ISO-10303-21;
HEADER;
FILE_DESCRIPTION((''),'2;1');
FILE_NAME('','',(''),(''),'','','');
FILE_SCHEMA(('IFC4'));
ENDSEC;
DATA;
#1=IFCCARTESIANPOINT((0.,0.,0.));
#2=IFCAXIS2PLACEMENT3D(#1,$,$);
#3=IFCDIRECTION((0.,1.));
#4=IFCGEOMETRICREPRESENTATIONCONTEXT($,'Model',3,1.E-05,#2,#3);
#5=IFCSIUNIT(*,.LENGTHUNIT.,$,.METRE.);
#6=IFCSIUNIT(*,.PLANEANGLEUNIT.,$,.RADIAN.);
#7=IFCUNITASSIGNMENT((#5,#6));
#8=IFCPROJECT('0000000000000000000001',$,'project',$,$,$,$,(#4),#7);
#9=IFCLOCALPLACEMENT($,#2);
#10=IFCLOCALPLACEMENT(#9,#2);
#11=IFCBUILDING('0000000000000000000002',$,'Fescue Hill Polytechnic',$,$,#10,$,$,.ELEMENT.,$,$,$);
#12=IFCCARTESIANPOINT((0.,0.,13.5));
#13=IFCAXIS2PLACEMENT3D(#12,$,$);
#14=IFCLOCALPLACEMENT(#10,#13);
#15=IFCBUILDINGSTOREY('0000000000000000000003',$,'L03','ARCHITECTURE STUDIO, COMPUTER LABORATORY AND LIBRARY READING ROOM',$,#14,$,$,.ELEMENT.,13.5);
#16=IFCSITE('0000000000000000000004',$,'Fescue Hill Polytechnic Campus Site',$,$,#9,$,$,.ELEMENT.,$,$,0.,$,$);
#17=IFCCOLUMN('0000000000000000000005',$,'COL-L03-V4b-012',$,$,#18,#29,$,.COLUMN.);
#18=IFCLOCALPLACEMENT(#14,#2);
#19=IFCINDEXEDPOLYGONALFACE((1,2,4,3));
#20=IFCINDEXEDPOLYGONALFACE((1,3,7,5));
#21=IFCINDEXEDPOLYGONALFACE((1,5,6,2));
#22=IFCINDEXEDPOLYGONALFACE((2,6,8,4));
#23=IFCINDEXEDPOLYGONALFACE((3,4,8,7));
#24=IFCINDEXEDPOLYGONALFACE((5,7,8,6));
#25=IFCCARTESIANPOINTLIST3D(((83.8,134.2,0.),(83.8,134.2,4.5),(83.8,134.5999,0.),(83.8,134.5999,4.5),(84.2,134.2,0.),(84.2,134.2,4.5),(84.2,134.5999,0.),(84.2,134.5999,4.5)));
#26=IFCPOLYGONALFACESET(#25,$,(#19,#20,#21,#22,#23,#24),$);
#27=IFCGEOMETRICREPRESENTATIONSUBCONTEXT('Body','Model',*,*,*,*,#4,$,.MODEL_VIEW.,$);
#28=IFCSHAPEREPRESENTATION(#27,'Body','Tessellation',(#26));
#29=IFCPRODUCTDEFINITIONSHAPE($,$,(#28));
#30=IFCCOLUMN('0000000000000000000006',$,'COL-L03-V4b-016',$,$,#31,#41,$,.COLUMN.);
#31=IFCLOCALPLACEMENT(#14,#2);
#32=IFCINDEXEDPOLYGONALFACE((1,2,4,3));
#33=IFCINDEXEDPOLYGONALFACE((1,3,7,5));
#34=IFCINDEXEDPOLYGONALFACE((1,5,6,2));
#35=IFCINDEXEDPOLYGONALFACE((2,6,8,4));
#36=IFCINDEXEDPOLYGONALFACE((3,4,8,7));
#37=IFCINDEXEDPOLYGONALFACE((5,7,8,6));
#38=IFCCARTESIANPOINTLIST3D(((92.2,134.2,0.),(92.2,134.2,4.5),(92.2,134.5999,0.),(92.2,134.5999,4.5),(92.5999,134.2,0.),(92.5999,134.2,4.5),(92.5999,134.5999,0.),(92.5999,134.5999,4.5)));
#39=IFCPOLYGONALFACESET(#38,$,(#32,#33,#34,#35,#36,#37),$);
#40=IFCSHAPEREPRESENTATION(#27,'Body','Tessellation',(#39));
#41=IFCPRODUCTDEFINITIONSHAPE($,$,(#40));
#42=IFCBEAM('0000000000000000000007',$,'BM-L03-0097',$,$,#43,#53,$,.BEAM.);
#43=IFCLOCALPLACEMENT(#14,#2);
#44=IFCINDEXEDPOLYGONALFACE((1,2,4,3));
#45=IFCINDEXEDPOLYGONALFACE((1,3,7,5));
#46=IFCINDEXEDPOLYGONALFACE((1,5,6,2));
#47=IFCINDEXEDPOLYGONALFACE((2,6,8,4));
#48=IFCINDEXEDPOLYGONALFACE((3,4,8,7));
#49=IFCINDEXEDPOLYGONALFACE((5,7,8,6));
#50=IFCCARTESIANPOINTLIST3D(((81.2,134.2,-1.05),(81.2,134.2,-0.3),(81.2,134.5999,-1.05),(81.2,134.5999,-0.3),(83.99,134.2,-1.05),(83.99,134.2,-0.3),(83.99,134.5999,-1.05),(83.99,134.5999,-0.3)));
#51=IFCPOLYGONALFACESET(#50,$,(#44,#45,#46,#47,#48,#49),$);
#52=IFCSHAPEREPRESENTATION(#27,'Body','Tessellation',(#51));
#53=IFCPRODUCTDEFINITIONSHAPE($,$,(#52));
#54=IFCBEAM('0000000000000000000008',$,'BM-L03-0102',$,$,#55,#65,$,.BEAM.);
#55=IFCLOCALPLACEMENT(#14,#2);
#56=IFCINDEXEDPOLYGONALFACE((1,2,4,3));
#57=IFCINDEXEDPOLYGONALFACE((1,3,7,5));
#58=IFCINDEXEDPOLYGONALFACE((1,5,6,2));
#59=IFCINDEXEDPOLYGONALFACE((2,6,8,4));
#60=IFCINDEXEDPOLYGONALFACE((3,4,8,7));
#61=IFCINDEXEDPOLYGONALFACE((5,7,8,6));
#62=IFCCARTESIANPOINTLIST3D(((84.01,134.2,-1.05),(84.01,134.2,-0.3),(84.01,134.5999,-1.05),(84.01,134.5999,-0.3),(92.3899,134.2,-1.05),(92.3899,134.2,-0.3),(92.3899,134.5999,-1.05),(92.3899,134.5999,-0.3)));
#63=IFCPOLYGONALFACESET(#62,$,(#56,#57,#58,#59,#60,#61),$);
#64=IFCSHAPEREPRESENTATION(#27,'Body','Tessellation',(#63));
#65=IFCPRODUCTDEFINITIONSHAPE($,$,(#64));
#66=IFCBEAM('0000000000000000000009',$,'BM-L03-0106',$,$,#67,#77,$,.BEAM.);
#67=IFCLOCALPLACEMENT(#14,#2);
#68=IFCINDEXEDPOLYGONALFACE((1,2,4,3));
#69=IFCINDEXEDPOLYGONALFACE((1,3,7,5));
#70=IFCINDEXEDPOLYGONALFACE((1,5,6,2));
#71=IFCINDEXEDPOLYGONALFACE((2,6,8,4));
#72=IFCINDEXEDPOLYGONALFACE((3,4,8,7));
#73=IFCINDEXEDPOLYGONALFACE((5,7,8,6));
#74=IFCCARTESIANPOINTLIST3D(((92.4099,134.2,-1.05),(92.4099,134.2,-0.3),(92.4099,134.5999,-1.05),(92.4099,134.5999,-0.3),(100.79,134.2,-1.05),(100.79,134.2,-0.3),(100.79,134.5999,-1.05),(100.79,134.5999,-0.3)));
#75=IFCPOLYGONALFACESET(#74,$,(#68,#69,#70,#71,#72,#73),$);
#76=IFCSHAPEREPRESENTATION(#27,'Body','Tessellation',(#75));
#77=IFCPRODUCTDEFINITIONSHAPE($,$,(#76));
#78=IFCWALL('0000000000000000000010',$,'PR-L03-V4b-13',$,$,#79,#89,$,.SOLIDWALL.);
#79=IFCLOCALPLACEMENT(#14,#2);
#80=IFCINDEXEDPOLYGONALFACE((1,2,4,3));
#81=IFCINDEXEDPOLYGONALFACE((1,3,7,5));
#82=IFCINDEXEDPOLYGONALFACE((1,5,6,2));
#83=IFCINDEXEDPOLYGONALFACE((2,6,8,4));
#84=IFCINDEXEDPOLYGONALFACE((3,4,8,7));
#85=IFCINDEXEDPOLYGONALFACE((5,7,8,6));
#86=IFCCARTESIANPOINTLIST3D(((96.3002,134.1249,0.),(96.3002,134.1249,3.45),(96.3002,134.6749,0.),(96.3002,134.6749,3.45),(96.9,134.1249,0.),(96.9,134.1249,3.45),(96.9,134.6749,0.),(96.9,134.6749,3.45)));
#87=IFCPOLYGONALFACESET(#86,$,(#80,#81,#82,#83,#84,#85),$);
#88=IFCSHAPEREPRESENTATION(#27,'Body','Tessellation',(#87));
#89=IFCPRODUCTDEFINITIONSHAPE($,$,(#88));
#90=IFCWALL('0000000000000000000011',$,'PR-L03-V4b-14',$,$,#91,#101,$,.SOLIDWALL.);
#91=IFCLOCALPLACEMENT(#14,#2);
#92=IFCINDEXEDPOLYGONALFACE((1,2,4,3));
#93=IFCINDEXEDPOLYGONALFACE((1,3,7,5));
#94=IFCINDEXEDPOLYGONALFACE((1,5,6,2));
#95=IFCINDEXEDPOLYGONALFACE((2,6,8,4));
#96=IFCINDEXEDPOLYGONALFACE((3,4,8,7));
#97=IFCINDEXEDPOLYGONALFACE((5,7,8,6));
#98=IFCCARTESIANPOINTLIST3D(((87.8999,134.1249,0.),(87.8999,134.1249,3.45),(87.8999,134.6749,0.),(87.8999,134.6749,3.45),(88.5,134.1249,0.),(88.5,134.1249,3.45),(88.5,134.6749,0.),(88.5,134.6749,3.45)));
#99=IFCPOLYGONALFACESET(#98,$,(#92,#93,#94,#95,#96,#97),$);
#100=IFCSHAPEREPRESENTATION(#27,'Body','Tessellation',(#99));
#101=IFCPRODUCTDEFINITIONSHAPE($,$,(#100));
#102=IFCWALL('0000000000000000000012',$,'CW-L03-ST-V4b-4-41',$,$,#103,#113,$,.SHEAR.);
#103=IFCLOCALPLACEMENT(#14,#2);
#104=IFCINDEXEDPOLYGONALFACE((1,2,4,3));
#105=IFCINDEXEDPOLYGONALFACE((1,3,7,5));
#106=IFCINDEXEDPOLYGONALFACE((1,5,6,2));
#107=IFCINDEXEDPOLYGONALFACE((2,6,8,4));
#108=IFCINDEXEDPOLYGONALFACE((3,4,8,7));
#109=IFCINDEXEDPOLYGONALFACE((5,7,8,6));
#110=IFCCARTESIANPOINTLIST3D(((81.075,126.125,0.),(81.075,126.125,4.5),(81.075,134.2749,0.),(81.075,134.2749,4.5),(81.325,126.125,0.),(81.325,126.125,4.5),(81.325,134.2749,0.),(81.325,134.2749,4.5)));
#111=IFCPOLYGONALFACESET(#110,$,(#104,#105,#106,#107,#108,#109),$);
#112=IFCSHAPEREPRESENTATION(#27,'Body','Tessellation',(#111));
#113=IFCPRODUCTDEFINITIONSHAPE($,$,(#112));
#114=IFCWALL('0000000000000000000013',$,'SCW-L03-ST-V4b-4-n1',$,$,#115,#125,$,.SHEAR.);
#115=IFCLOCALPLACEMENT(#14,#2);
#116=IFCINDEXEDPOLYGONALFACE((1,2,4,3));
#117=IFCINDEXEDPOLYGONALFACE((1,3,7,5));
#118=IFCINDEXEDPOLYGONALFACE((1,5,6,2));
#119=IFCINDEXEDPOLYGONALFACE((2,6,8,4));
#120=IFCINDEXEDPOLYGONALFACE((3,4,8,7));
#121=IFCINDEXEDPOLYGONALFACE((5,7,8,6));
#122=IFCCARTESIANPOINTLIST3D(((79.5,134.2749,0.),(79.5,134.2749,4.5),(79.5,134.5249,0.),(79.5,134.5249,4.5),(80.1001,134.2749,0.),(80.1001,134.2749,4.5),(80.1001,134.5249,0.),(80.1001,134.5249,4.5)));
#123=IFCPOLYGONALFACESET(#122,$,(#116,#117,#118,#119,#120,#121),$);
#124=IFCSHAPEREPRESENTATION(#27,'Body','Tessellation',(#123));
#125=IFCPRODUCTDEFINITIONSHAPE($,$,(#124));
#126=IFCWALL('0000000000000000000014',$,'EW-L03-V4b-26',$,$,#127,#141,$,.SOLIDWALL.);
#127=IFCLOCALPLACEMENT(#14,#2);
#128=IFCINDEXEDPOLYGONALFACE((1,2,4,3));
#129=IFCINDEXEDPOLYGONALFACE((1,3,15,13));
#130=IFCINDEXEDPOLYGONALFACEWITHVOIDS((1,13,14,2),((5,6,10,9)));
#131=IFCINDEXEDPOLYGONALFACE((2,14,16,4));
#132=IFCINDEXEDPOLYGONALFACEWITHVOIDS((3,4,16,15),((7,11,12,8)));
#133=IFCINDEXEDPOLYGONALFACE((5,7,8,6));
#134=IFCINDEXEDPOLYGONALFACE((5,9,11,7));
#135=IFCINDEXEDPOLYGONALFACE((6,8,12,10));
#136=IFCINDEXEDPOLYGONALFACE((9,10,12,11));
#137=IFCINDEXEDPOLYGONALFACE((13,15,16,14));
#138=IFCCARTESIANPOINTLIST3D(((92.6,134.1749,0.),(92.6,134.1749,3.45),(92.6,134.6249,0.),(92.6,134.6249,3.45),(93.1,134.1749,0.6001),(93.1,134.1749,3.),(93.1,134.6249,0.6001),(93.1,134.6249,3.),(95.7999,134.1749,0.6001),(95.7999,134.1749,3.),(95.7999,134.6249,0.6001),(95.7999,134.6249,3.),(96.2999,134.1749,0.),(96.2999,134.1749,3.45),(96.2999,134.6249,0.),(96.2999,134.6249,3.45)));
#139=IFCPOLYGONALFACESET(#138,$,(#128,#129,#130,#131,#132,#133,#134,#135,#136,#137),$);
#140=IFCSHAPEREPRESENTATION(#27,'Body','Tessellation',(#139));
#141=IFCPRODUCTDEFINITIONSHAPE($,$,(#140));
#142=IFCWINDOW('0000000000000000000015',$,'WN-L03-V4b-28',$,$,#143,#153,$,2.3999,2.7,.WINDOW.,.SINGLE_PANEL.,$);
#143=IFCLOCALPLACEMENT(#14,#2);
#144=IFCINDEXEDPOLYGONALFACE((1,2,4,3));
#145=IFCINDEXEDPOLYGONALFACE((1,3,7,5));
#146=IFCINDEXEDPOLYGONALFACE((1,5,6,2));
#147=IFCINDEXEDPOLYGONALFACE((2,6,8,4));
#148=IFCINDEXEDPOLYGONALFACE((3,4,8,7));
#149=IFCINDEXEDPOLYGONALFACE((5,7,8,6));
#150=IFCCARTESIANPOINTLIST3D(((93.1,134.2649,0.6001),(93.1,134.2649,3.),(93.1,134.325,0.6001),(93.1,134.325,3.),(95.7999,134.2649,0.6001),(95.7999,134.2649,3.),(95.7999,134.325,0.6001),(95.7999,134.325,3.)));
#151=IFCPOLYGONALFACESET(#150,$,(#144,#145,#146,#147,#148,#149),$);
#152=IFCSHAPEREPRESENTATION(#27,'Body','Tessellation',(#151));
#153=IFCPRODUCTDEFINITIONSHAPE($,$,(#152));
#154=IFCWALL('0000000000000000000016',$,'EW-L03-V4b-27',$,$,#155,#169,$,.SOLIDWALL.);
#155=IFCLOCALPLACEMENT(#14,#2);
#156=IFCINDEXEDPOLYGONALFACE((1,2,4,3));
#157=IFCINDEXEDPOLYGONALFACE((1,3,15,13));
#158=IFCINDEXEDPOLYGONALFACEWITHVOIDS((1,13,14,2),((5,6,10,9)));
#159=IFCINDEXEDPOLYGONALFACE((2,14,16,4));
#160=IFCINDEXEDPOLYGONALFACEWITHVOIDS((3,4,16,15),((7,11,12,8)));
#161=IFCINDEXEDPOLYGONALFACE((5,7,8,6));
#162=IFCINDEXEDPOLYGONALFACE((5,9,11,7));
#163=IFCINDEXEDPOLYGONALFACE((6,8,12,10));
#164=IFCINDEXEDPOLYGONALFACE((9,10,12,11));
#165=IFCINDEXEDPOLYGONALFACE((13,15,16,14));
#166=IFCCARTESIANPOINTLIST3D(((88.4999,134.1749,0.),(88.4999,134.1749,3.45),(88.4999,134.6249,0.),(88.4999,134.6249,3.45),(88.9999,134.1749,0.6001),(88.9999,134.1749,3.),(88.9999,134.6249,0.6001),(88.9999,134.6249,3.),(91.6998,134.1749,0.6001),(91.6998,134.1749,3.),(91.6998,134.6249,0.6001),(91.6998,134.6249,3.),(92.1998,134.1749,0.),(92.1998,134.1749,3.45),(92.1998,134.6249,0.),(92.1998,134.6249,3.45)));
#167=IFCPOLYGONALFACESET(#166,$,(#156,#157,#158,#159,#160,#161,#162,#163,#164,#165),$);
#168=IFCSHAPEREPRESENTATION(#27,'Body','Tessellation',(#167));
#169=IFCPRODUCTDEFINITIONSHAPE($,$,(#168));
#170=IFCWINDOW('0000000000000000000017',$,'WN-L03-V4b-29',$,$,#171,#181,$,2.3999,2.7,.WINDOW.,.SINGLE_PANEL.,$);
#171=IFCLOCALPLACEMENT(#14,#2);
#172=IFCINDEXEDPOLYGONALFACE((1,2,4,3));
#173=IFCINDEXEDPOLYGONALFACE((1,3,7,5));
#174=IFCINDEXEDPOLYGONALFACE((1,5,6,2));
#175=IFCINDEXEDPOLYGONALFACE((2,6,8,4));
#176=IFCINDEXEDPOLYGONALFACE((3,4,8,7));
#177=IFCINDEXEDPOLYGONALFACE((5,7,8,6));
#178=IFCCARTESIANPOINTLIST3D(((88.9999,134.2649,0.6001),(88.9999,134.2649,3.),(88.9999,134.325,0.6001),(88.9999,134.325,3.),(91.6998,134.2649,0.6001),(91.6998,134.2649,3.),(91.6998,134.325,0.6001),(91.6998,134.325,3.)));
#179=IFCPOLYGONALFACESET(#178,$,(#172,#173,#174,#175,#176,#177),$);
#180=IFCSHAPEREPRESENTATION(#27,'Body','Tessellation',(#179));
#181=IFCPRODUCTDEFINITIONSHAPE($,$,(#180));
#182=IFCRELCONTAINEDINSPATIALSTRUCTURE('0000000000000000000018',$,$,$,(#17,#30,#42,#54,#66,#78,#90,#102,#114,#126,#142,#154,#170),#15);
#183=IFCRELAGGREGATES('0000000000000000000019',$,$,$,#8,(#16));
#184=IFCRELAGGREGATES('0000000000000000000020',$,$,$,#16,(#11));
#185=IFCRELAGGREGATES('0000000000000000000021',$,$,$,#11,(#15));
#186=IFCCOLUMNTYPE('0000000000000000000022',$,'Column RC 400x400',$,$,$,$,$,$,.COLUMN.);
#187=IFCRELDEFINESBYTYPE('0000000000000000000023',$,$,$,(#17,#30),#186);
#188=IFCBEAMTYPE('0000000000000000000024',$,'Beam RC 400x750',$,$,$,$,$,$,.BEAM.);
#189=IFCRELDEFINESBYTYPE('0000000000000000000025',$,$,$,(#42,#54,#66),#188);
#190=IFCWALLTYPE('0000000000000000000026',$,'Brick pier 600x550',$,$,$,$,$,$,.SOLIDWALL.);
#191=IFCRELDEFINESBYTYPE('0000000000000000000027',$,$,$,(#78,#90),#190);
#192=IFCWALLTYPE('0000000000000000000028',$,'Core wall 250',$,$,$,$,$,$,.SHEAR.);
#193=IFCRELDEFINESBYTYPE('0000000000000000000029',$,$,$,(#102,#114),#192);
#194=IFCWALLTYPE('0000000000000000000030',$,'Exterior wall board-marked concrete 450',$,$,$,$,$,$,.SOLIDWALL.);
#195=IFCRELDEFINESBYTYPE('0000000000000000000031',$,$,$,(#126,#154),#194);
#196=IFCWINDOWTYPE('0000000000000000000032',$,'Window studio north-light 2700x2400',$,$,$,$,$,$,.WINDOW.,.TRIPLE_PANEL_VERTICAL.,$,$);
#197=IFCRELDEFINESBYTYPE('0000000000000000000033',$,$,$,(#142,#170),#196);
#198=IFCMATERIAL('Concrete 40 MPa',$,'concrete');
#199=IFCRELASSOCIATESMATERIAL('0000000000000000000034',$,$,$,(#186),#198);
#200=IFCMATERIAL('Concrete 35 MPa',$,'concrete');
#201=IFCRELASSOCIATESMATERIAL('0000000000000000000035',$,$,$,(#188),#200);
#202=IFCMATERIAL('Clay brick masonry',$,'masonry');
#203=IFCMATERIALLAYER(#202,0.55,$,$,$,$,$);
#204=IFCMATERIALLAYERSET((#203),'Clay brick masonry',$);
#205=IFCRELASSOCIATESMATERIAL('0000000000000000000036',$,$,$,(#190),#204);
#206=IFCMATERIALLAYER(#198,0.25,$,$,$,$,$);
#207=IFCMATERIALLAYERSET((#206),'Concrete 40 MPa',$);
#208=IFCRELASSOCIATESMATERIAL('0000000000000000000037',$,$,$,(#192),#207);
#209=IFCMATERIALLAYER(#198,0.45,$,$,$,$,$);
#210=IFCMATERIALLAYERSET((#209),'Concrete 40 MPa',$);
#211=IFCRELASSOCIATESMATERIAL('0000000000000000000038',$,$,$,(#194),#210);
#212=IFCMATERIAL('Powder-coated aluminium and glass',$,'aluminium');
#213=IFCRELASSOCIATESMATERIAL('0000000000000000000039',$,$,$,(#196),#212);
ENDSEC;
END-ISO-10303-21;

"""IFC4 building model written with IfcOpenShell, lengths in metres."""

from ifc_helpers import new_model, si_unit, direction, frame, frame_2d, origin, origin_2d, place, context, subcontext, project, spatial, rectangle, extrude, material, layer, layer_set, material_profile, profile_set, type_object, element, fill, save


model = new_model("IFC4")

# Units and contexts
model_context = context("Model", 3, precision=1e-05, world=origin(), true_north=direction((0.0, 1.0)))
body_context = subcontext(model_context, "Body", "Model", "MODEL_VIEW")
ifc_project = project(units=[si_unit("LENGTHUNIT", "METRE"), si_unit("PLANEANGLEUNIT", "RADIAN")], contexts=[model_context])

# Site, building, storey
site_placement = place(None, origin())
site = spatial("IfcSite", under=ifc_project, at=site_placement, Name="Fescue Hill Polytechnic Campus Site", CompositionType="ELEMENT", RefElevation=0.0)
building_placement = place(site_placement, origin())
building = spatial("IfcBuilding", under=site, at=building_placement, Name="Fescue Hill Polytechnic", CompositionType="ELEMENT")
storey_placement = place(building_placement, frame((0.0, 0.0, 13.5)))
storey = spatial("IfcBuildingStorey", under=building, at=storey_placement, Name="L03", Description="ARCHITECTURE STUDIO, COMPUTER LABORATORY AND LIBRARY READING ROOM", CompositionType="ELEMENT", Elevation=13.5)

# Columns
ifc_material_1 = material(Name="Concrete 40 MPa", Category="concrete")
ifc_material_profile_1 = material_profile(ifc_material_1, rectangle(XDim=0.3999, YDim=0.3999, at=origin_2d()), Name="RC 400x400")
ifc_profile_set_1 = profile_set([ifc_material_profile_1], Name="Concrete 40 MPa")
column_type = type_object("IfcColumnType", Name="Column RC 400x400", PredefinedType="COLUMN", material=ifc_profile_set_1)
for number, where, z_axis, x_axis, name in (
    (1, (84.0, 134.3999, 0.0), (0.0, 0.0, 1.0), (1.0, 0.0, 0.0), "COL-L03-V4b-012"),
    (2, (92.3999, 134.3999, 0.0), (0.0, 0.0, 1.0), (1.0, 0.0, 0.0), "COL-L03-V4b-016"),
):
    element("IfcColumn", number, at=place(storey_placement, frame(where, z_axis=z_axis, x_axis=x_axis)), inside=storey, type_object=column_type, Name=name, PredefinedType="COLUMN", context=body_context, shape_type="SweptSolid", body=[
        extrude(rectangle(XDim=0.3999, YDim=0.3999, at=origin_2d()), origin(), (0.0, 0.0, 1.0), 4.5),
    ])

# Beams
ifc_material_2 = material(Name="Concrete 35 MPa", Category="concrete")
ifc_material_profile_2 = material_profile(ifc_material_2, rectangle(XDim=0.3999, YDim=0.75, at=origin_2d()), Name="RC 400x750")
ifc_profile_set_2 = profile_set([ifc_material_profile_2], Name="Concrete 35 MPa")
beam_type = type_object("IfcBeamType", Name="Beam RC 400x750", PredefinedType="BEAM", material=ifc_profile_set_2)
beam_1_placement = place(storey_placement, frame((81.2, 134.3999, -0.675), z_axis=(1.0, 0.0, 0.0), x_axis=(0.0, 1.0, 0.0)))
element("IfcBeam", 3, at=beam_1_placement, inside=storey, type_object=beam_type, Name="BM-L03-0097", PredefinedType="BEAM", context=body_context, shape_type="SweptSolid", body=[
    extrude(rectangle(XDim=0.3999, YDim=0.75, at=origin_2d()), origin(), (0.0, 0.0, 1.0), 2.79),
])
beam_2_placement = place(storey_placement, frame((84.01, 134.3999, -0.675), z_axis=(1.0, 0.0, 0.0), x_axis=(0.0, 1.0, 0.0)))
element("IfcBeam", 4, at=beam_2_placement, inside=storey, type_object=beam_type, Name="BM-L03-0102", PredefinedType="BEAM", context=body_context, shape_type="SweptSolid", body=[
    extrude(rectangle(XDim=0.3999, YDim=0.75, at=origin_2d()), origin(), (0.0, 0.0, 1.0), 8.3799),
])
beam_3_placement = place(storey_placement, frame((92.4099, 134.3999, -0.675), z_axis=(1.0, 0.0, 0.0), x_axis=(0.0, 1.0, 0.0)))
element("IfcBeam", 5, at=beam_3_placement, inside=storey, type_object=beam_type, Name="BM-L03-0106", PredefinedType="BEAM", context=body_context, shape_type="SweptSolid", body=[
    extrude(rectangle(XDim=0.3999, YDim=0.75, at=origin_2d()), origin(), (0.0, 0.0, 1.0), 8.3801),
])

# Walls
ifc_material_3 = material(Name="Clay brick masonry", Category="masonry")
ifc_layer_1 = layer(ifc_material_3, 0.55)
ifc_layer_set_1 = layer_set([ifc_layer_1], Name="Clay brick masonry")
wall_type_1 = type_object("IfcWallType", Name="Brick pier 600x550", PredefinedType="SOLIDWALL", material=ifc_layer_set_1)
wall_1_placement = place(storey_placement, frame((96.8999, 134.3999, 0.0), z_axis=(0.0, 0.0, 1.0), x_axis=(-1.0, 0.0, 0.0)))
element("IfcWall", 6, at=wall_1_placement, inside=storey, type_object=wall_type_1, Name="PR-L03-V4b-13", PredefinedType="SOLIDWALL", context=body_context, shape_type="SweptSolid", body=[
    extrude(rectangle(XDim=0.5999, YDim=0.55, at=frame_2d((0.2998, 0.0))), origin(), (0.0, 0.0, 1.0), 3.45),
])
wall_2_placement = place(storey_placement, frame((88.5, 134.3999, 0.0), z_axis=(0.0, 0.0, 1.0), x_axis=(-1.0, 0.0, 0.0)))
element("IfcWall", 7, at=wall_2_placement, inside=storey, type_object=wall_type_1, Name="PR-L03-V4b-14", PredefinedType="SOLIDWALL", context=body_context, shape_type="SweptSolid", body=[
    extrude(rectangle(XDim=0.6001, YDim=0.55, at=frame_2d((0.3, 0.0))), origin(), (0.0, 0.0, 1.0), 3.45),
])
ifc_layer_2 = layer(ifc_material_1, 0.25)
ifc_layer_set_2 = layer_set([ifc_layer_2], Name="Concrete 40 MPa")
wall_type_2 = type_object("IfcWallType", Name="Core wall 250", PredefinedType="SHEAR", material=ifc_layer_set_2)
wall_3_placement = place(storey_placement, frame((81.2, 126.125, 0.0), z_axis=(0.0, 0.0, 1.0), x_axis=(0.0, 1.0, 0.0)))
element("IfcWall", 8, at=wall_3_placement, inside=storey, type_object=wall_type_2, Name="CW-L03-ST-V4b-4-41", PredefinedType="SHEAR", context=body_context, shape_type="SweptSolid", body=[
    extrude(rectangle(XDim=8.1499, YDim=0.25, at=frame_2d((4.075, 0.0))), origin(), (0.0, 0.0, 1.0), 4.5),
])
wall_4_placement = place(storey_placement, frame((79.5, 134.3999, 0.0), z_axis=(0.0, 0.0, 1.0), x_axis=(1.0, 0.0, 0.0)))
element("IfcWall", 9, at=wall_4_placement, inside=storey, type_object=wall_type_2, Name="SCW-L03-ST-V4b-4-n1", PredefinedType="SHEAR", context=body_context, shape_type="SweptSolid", body=[
    extrude(rectangle(XDim=0.6001, YDim=0.25, at=frame_2d((0.3, 0.0))), origin(), (0.0, 0.0, 1.0), 4.5),
])

# Walls, openings, windows
ifc_layer_3 = layer(ifc_material_1, 0.45)
ifc_layer_set_3 = layer_set([ifc_layer_3], Name="Concrete 40 MPa")
wall_type_3 = type_object("IfcWallType", Name="Exterior wall board-marked concrete 450", PredefinedType="SOLIDWALL", material=ifc_layer_set_3)
wall_5_placement = place(storey_placement, frame((96.3, 134.3999, 0.0), z_axis=(0.0, 0.0, 1.0), x_axis=(-1.0, 0.0, 0.0)))
wall_5 = element("IfcWall", 10, at=wall_5_placement, inside=storey, type_object=wall_type_3, Name="EW-L03-V4b-26", PredefinedType="SOLIDWALL", context=body_context, shape_type="SweptSolid", body=[
    extrude(rectangle(XDim=3.7, YDim=0.45, at=frame_2d((1.8501, 0.0))), origin(), (0.0, 0.0, 1.0), 3.45),
])
opening_1_placement = place(wall_5_placement, frame((0.5, 0.0, 0.6001)))
opening_1 = element("IfcOpeningElement", 11, at=opening_1_placement, cuts=wall_5, PredefinedType="OPENING", context=body_context, shape_type="SweptSolid", body=[
    extrude(rectangle(XDim=2.7, YDim=2.3999, at=frame_2d((1.3501, 1.2))), frame((0.0, 0.2349, 0.0), z_axis=(0.0, -1.0, 0.0), x_axis=(1.0, 0.0, 0.0)), (0.0, 0.0, 1.0), 0.47),
])
ifc_material_4 = material(Name="Powder-coated aluminium and glass", Category="aluminium")
window_type = type_object("IfcWindowType", Name="Window studio north-light 2700x2400", PartitioningType="TRIPLE_PANEL_VERTICAL", PredefinedType="WINDOW", material=ifc_material_4)
window_1_placement = place(opening_1_placement, origin())
window_1 = element("IfcWindow", 12, at=window_1_placement, inside=storey, type_object=window_type, Name="WN-L03-V4b-28", OverallHeight=2.3999, OverallWidth=2.7, PartitioningType="SINGLE_PANEL", PredefinedType="WINDOW", context=body_context, shape_type="SweptSolid", body=[
    extrude(rectangle(XDim=2.7, YDim=2.3999, at=frame_2d((1.3501, 1.2))), frame((0.0, 0.135, 0.0), z_axis=(0.0, -1.0, 0.0), x_axis=(1.0, 0.0, 0.0)), (0.0, 0.0, 1.0), 0.0601),
])
fill(opening_1, window_1)
wall_6_placement = place(storey_placement, frame((92.2, 134.3999, 0.0), z_axis=(0.0, 0.0, 1.0), x_axis=(-1.0, 0.0, 0.0)))
wall_6 = element("IfcWall", 13, at=wall_6_placement, inside=storey, type_object=wall_type_3, Name="EW-L03-V4b-27", PredefinedType="SOLIDWALL", context=body_context, shape_type="SweptSolid", body=[
    extrude(rectangle(XDim=3.7, YDim=0.45, at=frame_2d((1.8501, 0.0))), origin(), (0.0, 0.0, 1.0), 3.45),
])
opening_2_placement = place(wall_6_placement, frame((0.5, 0.0, 0.6001)))
opening_2 = element("IfcOpeningElement", 14, at=opening_2_placement, cuts=wall_6, PredefinedType="OPENING", context=body_context, shape_type="SweptSolid", body=[
    extrude(rectangle(XDim=2.7, YDim=2.3999, at=frame_2d((1.3501, 1.2))), frame((0.0, 0.2349, 0.0), z_axis=(0.0, -1.0, 0.0), x_axis=(1.0, 0.0, 0.0)), (0.0, 0.0, 1.0), 0.47),
])
window_2_placement = place(opening_2_placement, origin())
window_2 = element("IfcWindow", 15, at=window_2_placement, inside=storey, type_object=window_type, Name="WN-L03-V4b-29", OverallHeight=2.3999, OverallWidth=2.7, PartitioningType="SINGLE_PANEL", PredefinedType="WINDOW", context=body_context, shape_type="SweptSolid", body=[
    extrude(rectangle(XDim=2.7, YDim=2.3999, at=frame_2d((1.3501, 1.2))), frame((0.0, 0.135, 0.0), z_axis=(0.0, -1.0, 0.0), x_axis=(1.0, 0.0, 0.0)), (0.0, 0.0, 1.0), 0.0601),
])
fill(opening_2, window_2)

save(model, "model.ifc")
